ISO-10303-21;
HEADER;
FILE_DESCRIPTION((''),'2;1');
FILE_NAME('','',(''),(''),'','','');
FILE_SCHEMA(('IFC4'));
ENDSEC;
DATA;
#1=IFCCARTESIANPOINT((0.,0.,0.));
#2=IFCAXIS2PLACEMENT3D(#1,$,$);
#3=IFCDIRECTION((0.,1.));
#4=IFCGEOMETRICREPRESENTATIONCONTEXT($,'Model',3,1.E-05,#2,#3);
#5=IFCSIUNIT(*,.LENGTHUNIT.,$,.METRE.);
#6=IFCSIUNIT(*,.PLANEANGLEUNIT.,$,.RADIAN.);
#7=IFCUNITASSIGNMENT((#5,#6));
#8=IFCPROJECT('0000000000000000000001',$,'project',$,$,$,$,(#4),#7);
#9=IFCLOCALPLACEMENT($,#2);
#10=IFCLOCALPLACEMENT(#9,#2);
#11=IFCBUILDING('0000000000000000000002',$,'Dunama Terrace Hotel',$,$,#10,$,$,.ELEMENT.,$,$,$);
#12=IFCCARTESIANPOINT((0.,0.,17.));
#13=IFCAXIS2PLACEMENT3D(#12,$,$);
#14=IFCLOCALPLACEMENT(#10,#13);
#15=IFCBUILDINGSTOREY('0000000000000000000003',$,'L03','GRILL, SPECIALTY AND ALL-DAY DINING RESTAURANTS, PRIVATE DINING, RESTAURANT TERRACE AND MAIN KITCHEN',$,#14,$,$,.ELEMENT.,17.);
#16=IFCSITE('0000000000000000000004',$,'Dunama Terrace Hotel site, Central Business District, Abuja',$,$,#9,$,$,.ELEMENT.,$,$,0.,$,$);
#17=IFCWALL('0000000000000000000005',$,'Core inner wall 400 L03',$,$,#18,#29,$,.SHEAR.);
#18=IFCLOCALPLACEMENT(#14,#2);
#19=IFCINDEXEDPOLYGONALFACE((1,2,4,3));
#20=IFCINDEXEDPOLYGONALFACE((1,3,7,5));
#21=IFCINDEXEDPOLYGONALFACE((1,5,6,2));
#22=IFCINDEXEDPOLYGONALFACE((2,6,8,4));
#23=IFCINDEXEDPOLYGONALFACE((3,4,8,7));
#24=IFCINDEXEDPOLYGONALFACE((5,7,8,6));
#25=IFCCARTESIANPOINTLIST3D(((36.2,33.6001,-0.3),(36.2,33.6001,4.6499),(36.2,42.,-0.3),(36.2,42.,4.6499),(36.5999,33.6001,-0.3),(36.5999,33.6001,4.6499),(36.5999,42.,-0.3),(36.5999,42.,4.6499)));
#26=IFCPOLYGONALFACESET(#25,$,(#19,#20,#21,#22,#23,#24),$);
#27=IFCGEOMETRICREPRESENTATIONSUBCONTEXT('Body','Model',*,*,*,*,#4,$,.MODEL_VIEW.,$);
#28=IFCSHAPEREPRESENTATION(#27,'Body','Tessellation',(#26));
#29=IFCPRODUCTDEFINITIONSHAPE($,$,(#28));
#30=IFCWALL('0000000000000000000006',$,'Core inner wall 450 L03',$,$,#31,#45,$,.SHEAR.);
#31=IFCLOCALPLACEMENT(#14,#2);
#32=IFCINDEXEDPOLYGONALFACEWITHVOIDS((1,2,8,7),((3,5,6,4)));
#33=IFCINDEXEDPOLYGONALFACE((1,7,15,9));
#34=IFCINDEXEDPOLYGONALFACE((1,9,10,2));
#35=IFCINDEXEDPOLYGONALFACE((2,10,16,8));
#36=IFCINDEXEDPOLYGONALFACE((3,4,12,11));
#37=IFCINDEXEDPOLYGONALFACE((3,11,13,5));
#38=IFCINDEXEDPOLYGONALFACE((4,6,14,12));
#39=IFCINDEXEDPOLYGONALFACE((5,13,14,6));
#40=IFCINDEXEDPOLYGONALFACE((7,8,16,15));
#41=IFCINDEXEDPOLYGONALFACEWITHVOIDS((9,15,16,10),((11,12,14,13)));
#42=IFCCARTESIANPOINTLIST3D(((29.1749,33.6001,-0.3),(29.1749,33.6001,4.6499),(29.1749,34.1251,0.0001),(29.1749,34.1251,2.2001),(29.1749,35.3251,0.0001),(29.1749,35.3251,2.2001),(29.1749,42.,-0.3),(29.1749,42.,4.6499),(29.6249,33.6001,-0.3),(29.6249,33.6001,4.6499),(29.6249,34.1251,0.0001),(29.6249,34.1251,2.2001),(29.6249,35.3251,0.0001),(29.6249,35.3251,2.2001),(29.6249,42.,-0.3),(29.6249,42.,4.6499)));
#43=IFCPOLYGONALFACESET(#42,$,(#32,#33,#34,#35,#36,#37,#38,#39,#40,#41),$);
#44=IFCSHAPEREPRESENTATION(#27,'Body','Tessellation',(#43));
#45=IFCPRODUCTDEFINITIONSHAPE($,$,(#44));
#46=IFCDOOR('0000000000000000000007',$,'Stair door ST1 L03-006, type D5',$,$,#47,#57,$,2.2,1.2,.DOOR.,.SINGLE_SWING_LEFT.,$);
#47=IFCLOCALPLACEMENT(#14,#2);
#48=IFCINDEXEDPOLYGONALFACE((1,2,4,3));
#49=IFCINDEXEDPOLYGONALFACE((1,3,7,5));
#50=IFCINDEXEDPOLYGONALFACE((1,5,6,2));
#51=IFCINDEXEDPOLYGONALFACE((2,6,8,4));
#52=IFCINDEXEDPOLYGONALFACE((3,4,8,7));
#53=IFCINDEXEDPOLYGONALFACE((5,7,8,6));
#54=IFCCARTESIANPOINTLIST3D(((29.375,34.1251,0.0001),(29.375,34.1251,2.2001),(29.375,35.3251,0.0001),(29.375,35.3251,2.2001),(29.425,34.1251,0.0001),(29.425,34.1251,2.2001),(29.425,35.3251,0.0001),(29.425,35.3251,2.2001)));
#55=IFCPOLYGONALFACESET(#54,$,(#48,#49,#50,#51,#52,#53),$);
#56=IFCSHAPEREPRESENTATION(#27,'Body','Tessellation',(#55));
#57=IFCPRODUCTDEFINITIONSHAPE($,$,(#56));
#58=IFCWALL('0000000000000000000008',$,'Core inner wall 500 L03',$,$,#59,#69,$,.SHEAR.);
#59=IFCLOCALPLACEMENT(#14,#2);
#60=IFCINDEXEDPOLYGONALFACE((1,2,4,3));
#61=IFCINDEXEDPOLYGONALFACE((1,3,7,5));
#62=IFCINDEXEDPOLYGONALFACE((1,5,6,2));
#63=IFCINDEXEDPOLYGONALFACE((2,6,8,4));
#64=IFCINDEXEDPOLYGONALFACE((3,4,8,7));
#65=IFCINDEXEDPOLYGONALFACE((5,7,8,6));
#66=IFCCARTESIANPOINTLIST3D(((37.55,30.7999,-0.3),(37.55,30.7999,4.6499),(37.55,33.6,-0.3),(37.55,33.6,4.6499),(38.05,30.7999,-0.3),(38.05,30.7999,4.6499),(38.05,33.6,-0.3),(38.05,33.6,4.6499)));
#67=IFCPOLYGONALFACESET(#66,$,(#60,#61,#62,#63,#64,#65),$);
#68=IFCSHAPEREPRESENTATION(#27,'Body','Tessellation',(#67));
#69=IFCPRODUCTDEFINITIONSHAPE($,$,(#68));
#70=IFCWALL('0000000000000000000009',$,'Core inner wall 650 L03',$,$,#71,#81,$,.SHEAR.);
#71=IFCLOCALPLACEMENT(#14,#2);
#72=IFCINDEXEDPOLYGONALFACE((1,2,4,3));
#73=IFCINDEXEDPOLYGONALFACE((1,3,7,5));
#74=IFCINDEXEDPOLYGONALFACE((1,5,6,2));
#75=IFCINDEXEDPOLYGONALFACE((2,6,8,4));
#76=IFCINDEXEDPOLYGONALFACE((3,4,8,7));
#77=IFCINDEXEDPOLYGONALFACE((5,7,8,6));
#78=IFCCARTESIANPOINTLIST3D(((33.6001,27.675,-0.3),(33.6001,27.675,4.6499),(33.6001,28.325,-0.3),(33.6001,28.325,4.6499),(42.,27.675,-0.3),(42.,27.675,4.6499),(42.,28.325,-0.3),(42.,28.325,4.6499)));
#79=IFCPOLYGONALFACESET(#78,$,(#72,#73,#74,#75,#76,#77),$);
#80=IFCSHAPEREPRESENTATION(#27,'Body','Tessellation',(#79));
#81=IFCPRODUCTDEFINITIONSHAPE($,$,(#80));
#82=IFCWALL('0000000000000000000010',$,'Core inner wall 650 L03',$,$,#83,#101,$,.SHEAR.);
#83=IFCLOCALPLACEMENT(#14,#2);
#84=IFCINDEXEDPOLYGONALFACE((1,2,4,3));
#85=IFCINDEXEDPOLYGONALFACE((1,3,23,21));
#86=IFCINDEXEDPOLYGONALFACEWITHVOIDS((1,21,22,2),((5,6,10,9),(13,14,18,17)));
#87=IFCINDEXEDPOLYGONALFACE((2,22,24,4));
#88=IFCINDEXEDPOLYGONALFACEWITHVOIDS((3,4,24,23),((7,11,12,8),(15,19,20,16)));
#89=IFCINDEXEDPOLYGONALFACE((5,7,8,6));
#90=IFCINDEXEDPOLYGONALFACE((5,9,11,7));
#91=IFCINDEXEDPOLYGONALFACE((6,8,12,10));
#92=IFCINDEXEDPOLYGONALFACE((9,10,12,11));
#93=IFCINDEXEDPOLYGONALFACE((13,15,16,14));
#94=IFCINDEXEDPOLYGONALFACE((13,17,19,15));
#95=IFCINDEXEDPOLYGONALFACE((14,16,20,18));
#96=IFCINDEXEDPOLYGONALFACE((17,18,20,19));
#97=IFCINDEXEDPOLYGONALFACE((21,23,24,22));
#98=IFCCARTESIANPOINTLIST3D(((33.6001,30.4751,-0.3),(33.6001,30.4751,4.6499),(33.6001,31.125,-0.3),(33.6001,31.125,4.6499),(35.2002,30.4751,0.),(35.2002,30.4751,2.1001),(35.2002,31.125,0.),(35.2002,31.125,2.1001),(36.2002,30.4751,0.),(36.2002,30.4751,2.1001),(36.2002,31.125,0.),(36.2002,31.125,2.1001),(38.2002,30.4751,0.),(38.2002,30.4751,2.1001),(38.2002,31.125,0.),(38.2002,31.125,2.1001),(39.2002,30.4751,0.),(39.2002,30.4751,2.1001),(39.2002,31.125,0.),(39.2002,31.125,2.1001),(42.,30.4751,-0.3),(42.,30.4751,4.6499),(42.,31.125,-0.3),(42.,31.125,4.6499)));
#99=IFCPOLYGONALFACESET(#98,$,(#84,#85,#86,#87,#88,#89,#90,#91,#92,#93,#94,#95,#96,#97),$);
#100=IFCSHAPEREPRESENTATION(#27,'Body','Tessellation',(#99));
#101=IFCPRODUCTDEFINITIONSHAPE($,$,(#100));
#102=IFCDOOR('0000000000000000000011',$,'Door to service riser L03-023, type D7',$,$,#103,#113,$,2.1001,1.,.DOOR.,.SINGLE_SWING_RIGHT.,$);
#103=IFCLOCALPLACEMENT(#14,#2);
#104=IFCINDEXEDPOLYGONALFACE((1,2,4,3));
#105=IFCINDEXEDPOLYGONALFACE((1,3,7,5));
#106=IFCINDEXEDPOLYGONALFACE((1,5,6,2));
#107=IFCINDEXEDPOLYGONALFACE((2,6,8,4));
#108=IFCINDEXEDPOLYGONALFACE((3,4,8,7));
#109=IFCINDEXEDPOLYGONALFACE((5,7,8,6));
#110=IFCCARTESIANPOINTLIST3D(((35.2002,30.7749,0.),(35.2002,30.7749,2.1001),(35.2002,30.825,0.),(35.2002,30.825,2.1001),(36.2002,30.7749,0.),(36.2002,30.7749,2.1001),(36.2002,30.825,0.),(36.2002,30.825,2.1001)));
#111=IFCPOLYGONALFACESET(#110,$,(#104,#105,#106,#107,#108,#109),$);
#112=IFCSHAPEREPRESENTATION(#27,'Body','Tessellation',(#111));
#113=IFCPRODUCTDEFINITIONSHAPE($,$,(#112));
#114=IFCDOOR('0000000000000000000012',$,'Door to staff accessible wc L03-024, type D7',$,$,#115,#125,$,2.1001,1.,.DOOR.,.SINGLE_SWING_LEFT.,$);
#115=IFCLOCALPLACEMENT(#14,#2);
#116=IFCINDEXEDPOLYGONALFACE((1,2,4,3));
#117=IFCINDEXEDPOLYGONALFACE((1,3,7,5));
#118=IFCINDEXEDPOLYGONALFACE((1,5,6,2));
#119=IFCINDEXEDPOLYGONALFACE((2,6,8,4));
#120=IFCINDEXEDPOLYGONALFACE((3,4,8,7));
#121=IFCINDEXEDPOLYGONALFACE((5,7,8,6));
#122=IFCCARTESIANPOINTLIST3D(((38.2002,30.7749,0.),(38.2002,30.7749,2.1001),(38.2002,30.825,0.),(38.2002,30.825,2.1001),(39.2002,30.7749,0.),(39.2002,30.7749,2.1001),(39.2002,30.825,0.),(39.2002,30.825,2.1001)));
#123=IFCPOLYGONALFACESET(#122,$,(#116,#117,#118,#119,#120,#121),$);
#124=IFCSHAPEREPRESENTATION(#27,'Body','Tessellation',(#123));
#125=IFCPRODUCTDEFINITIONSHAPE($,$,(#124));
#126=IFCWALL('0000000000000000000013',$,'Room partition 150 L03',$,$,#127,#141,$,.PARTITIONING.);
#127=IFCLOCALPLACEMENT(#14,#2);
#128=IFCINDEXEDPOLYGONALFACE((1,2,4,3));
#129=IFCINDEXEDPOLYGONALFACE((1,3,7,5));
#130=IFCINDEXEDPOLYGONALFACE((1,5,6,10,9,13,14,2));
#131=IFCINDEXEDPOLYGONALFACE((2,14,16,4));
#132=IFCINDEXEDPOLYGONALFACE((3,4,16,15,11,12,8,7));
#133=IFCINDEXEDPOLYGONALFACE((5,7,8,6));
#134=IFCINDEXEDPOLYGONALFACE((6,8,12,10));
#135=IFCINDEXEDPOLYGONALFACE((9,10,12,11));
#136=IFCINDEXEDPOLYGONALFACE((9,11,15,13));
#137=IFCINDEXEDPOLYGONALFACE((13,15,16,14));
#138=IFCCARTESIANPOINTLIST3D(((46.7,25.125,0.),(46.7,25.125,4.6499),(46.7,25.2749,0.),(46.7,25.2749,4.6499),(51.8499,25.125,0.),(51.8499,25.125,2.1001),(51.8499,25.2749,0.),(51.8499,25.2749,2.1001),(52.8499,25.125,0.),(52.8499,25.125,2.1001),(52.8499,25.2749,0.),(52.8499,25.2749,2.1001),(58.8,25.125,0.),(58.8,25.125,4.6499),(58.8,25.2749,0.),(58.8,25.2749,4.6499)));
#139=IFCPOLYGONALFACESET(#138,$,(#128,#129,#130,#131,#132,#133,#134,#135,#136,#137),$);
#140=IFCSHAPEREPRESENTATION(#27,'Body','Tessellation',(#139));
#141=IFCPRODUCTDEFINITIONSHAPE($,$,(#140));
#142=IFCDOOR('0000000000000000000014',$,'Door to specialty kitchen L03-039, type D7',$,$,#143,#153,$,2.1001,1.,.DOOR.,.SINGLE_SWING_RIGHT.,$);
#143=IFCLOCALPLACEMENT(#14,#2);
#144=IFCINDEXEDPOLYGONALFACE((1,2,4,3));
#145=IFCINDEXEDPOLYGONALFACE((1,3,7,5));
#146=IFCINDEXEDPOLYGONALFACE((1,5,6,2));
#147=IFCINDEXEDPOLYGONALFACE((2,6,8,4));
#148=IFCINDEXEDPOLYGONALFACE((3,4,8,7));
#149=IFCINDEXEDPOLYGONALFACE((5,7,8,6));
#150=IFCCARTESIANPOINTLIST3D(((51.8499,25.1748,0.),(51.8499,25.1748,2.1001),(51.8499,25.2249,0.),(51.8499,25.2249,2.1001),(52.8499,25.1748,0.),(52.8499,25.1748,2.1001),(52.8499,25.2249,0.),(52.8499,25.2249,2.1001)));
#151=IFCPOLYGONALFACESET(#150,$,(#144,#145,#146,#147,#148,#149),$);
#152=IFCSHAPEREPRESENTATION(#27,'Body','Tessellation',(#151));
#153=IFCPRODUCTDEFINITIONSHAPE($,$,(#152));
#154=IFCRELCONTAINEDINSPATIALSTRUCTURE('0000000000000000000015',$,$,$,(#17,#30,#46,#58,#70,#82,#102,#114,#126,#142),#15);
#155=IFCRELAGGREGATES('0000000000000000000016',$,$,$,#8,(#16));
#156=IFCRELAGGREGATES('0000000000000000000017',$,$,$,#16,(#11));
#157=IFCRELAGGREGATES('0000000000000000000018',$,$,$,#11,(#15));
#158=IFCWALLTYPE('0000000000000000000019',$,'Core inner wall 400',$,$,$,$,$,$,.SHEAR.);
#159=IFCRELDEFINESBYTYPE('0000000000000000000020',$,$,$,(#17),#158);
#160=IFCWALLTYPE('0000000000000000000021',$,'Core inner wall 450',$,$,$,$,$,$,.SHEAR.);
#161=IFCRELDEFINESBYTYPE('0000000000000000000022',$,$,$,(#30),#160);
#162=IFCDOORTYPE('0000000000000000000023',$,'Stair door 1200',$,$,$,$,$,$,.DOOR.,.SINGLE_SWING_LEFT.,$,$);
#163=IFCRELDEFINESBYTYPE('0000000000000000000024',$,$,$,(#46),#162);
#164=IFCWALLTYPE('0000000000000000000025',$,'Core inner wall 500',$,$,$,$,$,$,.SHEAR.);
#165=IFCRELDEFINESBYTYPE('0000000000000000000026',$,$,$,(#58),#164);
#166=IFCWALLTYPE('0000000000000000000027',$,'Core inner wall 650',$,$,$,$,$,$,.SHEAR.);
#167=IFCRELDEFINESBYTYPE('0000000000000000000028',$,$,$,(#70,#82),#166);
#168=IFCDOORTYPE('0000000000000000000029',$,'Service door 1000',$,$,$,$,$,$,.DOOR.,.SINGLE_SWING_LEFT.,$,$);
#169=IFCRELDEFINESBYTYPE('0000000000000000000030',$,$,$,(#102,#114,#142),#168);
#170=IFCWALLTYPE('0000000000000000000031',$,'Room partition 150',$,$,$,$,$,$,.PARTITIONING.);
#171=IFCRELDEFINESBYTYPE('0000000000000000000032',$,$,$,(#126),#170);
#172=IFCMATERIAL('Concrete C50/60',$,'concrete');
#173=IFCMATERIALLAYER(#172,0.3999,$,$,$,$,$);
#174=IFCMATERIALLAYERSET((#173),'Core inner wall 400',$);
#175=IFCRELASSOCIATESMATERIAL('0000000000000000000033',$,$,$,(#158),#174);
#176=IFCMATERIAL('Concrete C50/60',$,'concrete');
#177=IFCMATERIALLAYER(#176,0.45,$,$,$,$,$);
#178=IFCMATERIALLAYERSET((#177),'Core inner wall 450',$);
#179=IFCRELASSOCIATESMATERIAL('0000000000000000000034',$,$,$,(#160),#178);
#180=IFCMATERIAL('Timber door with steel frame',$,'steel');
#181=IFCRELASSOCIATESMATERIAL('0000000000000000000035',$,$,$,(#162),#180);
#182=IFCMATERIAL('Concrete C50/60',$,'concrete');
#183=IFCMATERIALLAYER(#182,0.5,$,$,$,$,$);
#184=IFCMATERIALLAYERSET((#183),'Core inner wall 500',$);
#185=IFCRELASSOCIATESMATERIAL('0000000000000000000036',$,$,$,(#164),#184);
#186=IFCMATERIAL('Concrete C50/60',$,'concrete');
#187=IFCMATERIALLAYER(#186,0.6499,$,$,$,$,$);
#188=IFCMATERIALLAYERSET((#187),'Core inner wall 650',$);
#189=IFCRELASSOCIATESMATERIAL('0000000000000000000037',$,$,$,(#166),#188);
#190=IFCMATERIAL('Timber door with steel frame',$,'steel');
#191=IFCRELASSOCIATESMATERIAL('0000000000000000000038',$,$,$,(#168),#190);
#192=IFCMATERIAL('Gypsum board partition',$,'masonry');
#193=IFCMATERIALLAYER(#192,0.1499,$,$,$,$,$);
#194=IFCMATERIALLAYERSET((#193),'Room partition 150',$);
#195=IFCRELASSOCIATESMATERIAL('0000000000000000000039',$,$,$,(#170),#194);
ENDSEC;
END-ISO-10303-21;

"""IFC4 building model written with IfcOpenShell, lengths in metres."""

from ifc_helpers import new_model, si_unit, direction, frame, frame_2d, origin, place, context, subcontext, project, spatial, rectangle, extrude, material, layer, layer_set, type_object, element, fill, save


model = new_model("IFC4")

# Units and contexts
model_context = context("Model", 3, precision=1e-05, world=origin(), true_north=direction((0.0, 1.0)))
body_context = subcontext(model_context, "Body", "Model", "MODEL_VIEW")
ifc_project = project(units=[si_unit("LENGTHUNIT", "METRE"), si_unit("PLANEANGLEUNIT", "RADIAN")], contexts=[model_context])

# Site, building, storey
site_placement = place(None, origin())
site = spatial("IfcSite", under=ifc_project, at=site_placement, Name="Dunama Terrace Hotel site, Central Business District, Abuja", CompositionType="ELEMENT", RefElevation=0.0)
building_placement = place(site_placement, origin())
building = spatial("IfcBuilding", under=site, at=building_placement, Name="Dunama Terrace Hotel", CompositionType="ELEMENT")
storey_placement = place(building_placement, frame((0.0, 0.0, 17.0)))
storey = spatial("IfcBuildingStorey", under=building, at=storey_placement, Name="L03", Description="GRILL, SPECIALTY AND ALL-DAY DINING RESTAURANTS, PRIVATE DINING, RESTAURANT TERRACE AND MAIN KITCHEN", CompositionType="ELEMENT", Elevation=17.0)

# Wall
ifc_material_1 = material(Name="Concrete C50/60", Category="concrete")
ifc_layer_1 = layer(ifc_material_1, 0.3999)
ifc_layer_set_1 = layer_set([ifc_layer_1], Name="Core inner wall 400")
wall_type_1 = type_object("IfcWallType", Name="Core inner wall 400", PredefinedType="SHEAR", material=ifc_layer_set_1)
wall_1_placement = place(storey_placement, frame((36.3999, 33.6001, -0.3), z_axis=(0.0, 0.0, 1.0), x_axis=(0.0, 1.0, 0.0)))
element("IfcWall", 1, at=wall_1_placement, inside=storey, type_object=wall_type_1, Name="Core inner wall 400 L03", PredefinedType="SHEAR", context=body_context, shape_type="SweptSolid", body=[
    extrude(rectangle(XDim=8.3999, YDim=0.3999, at=frame_2d((4.2, 0.0))), origin(), (0.0, 0.0, 1.0), 4.95),
])

# Wall, opening, door
ifc_material_2 = material(Name="Concrete C50/60", Category="concrete")
ifc_layer_2 = layer(ifc_material_2, 0.45)
ifc_layer_set_2 = layer_set([ifc_layer_2], Name="Core inner wall 450")
wall_type_2 = type_object("IfcWallType", Name="Core inner wall 450", PredefinedType="SHEAR", material=ifc_layer_set_2)
wall_2_placement = place(storey_placement, frame((29.3999, 33.6001, -0.3), z_axis=(0.0, 0.0, 1.0), x_axis=(0.0, 1.0, 0.0)))
wall_2 = element("IfcWall", 2, at=wall_2_placement, inside=storey, type_object=wall_type_2, Name="Core inner wall 450 L03", PredefinedType="SHEAR", context=body_context, shape_type="SweptSolid", body=[
    extrude(rectangle(XDim=8.3999, YDim=0.45, at=frame_2d((4.2, 0.0))), origin(), (0.0, 0.0, 1.0), 4.95),
])
opening_1_placement = place(wall_2_placement, frame((0.5249, 0.0, 0.3)))
opening_1 = element("IfcOpeningElement", 3, at=opening_1_placement, cuts=wall_2, PredefinedType="OPENING", context=body_context, shape_type="SweptSolid", body=[
    extrude(rectangle(XDim=1.2, YDim=2.2, at=frame_2d((0.6001, 1.1001))), frame((0.0, 0.2349, 0.0), z_axis=(0.0, -1.0, 0.0), x_axis=(1.0, 0.0, 0.0)), (0.0, 0.0, 1.0), 0.47),
])
ifc_material_3 = material(Name="Timber door with steel frame", Category="steel")
door_type_1 = type_object("IfcDoorType", Name="Stair door 1200", OperationType="SINGLE_SWING_LEFT", PredefinedType="DOOR", material=ifc_material_3)
door_1_placement = place(opening_1_placement, origin())
door_1 = element("IfcDoor", 4, at=door_1_placement, inside=storey, type_object=door_type_1, Name="Stair door ST1 L03-006, type D5", OperationType="SINGLE_SWING_LEFT", OverallHeight=2.2, OverallWidth=1.2, PredefinedType="DOOR", context=body_context, shape_type="SweptSolid", body=[
    extrude(rectangle(XDim=1.2, YDim=2.2, at=frame_2d((0.6001, 1.1001))), frame((0.0, 0.0249, 0.0), z_axis=(0.0, -1.0, 0.0), x_axis=(1.0, 0.0, 0.0)), (0.0, 0.0, 1.0), 0.05),
])
fill(opening_1, door_1)

# Walls
ifc_material_4 = material(Name="Concrete C50/60", Category="concrete")
ifc_layer_3 = layer(ifc_material_4, 0.5)
ifc_layer_set_3 = layer_set([ifc_layer_3], Name="Core inner wall 500")
wall_type_3 = type_object("IfcWallType", Name="Core inner wall 500", PredefinedType="SHEAR", material=ifc_layer_set_3)
wall_3_placement = place(storey_placement, frame((37.8, 30.8, -0.3), z_axis=(0.0, 0.0, 1.0), x_axis=(0.0, 1.0, 0.0)))
element("IfcWall", 5, at=wall_3_placement, inside=storey, type_object=wall_type_3, Name="Core inner wall 500 L03", PredefinedType="SHEAR", context=body_context, shape_type="SweptSolid", body=[
    extrude(rectangle(XDim=2.8, YDim=0.5, at=frame_2d((1.3999, 0.0))), origin(), (0.0, 0.0, 1.0), 4.95),
])
ifc_material_5 = material(Name="Concrete C50/60", Category="concrete")
ifc_layer_4 = layer(ifc_material_5, 0.6499)
ifc_layer_set_4 = layer_set([ifc_layer_4], Name="Core inner wall 650")
wall_type_4 = type_object("IfcWallType", Name="Core inner wall 650", PredefinedType="SHEAR", material=ifc_layer_set_4)
wall_4_placement = place(storey_placement, frame((33.6001, 28.0, -0.3), z_axis=(0.0, 0.0, 1.0), x_axis=(1.0, 0.0, 0.0)))
element("IfcWall", 6, at=wall_4_placement, inside=storey, type_object=wall_type_4, Name="Core inner wall 650 L03", PredefinedType="SHEAR", context=body_context, shape_type="SweptSolid", body=[
    extrude(rectangle(XDim=8.3999, YDim=0.6499, at=frame_2d((4.2, 0.0))), origin(), (0.0, 0.0, 1.0), 4.95),
])

# Wall, openings, doors
wall_5_placement = place(storey_placement, frame((33.6001, 30.8, -0.3), z_axis=(0.0, 0.0, 1.0), x_axis=(1.0, 0.0, 0.0)))
wall_5 = element("IfcWall", 7, at=wall_5_placement, inside=storey, type_object=wall_type_4, Name="Core inner wall 650 L03", PredefinedType="SHEAR", context=body_context, shape_type="SweptSolid", body=[
    extrude(rectangle(XDim=8.3999, YDim=0.6499, at=frame_2d((4.2, 0.0))), origin(), (0.0, 0.0, 1.0), 4.95),
])
opening_2_placement = place(wall_5_placement, frame((1.6001, 0.0, 0.3)))
opening_2 = element("IfcOpeningElement", 8, at=opening_2_placement, cuts=wall_5, PredefinedType="OPENING", context=body_context, shape_type="SweptSolid", body=[
    extrude(rectangle(XDim=1.0, YDim=2.1001, at=frame_2d((0.5, 1.05))), frame((0.0, 0.335, 0.0), z_axis=(0.0, -1.0, 0.0), x_axis=(1.0, 0.0, 0.0)), (0.0, 0.0, 1.0), 0.6699),
])
opening_3_placement = place(wall_5_placement, frame((4.6001, 0.0, 0.3)))
opening_3 = element("IfcOpeningElement", 9, at=opening_3_placement, cuts=wall_5, PredefinedType="OPENING", context=body_context, shape_type="SweptSolid", body=[
    extrude(rectangle(XDim=1.0, YDim=2.1001, at=frame_2d((0.5, 1.05))), frame((0.0, 0.335, 0.0), z_axis=(0.0, -1.0, 0.0), x_axis=(1.0, 0.0, 0.0)), (0.0, 0.0, 1.0), 0.6699),
])
ifc_material_6 = material(Name="Timber door with steel frame", Category="steel")
door_type_2 = type_object("IfcDoorType", Name="Service door 1000", OperationType="SINGLE_SWING_LEFT", PredefinedType="DOOR", material=ifc_material_6)
door_2_placement = place(opening_2_placement, origin())
door_2 = element("IfcDoor", 10, at=door_2_placement, inside=storey, type_object=door_type_2, Name="Door to service riser L03-023, type D7", OperationType="SINGLE_SWING_RIGHT", OverallHeight=2.1001, OverallWidth=1.0, PredefinedType="DOOR", context=body_context, shape_type="SweptSolid", body=[
    extrude(rectangle(XDim=1.0, YDim=2.1001, at=frame_2d((0.5, 1.05))), frame((0.0, 0.0249, 0.0), z_axis=(0.0, -1.0, 0.0), x_axis=(1.0, 0.0, 0.0)), (0.0, 0.0, 1.0), 0.05),
])
fill(opening_2, door_2)
door_3_placement = place(opening_3_placement, origin())
door_3 = element("IfcDoor", 11, at=door_3_placement, inside=storey, type_object=door_type_2, Name="Door to staff accessible wc L03-024, type D7", OperationType="SINGLE_SWING_LEFT", OverallHeight=2.1001, OverallWidth=1.0, PredefinedType="DOOR", context=body_context, shape_type="SweptSolid", body=[
    extrude(rectangle(XDim=1.0, YDim=2.1001, at=frame_2d((0.5, 1.05))), frame((0.0, 0.0249, 0.0), z_axis=(0.0, -1.0, 0.0), x_axis=(1.0, 0.0, 0.0)), (0.0, 0.0, 1.0), 0.05),
])
fill(opening_3, door_3)

# Wall, opening, door
ifc_material_7 = material(Name="Gypsum board partition", Category="masonry")
ifc_layer_5 = layer(ifc_material_7, 0.1499)
ifc_layer_set_5 = layer_set([ifc_layer_5], Name="Room partition 150")
wall_type_5 = type_object("IfcWallType", Name="Room partition 150", PredefinedType="PARTITIONING", material=ifc_layer_set_5)
wall_6_placement = place(storey_placement, frame((46.7, 25.2, 0.0), z_axis=(0.0, 0.0, 1.0), x_axis=(1.0, 0.0, 0.0)))
wall_6 = element("IfcWall", 12, at=wall_6_placement, inside=storey, type_object=wall_type_5, Name="Room partition 150 L03", PredefinedType="PARTITIONING", context=body_context, shape_type="SweptSolid", body=[
    extrude(rectangle(XDim=12.1001, YDim=0.1499, at=frame_2d((6.05, 0.0))), origin(), (0.0, 0.0, 1.0), 4.6499),
])
opening_4_placement = place(wall_6_placement, frame((5.1499, 0.0, 0.0)))
opening_4 = element("IfcOpeningElement", 13, at=opening_4_placement, cuts=wall_6, PredefinedType="OPENING", context=body_context, shape_type="SweptSolid", body=[
    extrude(rectangle(XDim=1.0, YDim=2.1001, at=frame_2d((0.5, 1.05))), frame((0.0, 0.085, 0.0), z_axis=(0.0, -1.0, 0.0), x_axis=(1.0, 0.0, 0.0)), (0.0, 0.0, 1.0), 0.1699),
])
door_4_placement = place(opening_4_placement, origin())
door_4 = element("IfcDoor", 14, at=door_4_placement, inside=storey, type_object=door_type_2, Name="Door to specialty kitchen L03-039, type D7", OperationType="SINGLE_SWING_RIGHT", OverallHeight=2.1001, OverallWidth=1.0, PredefinedType="DOOR", context=body_context, shape_type="SweptSolid", body=[
    extrude(rectangle(XDim=1.0, YDim=2.1001, at=frame_2d((0.5, 1.05))), frame((0.0, 0.0249, 0.0), z_axis=(0.0, -1.0, 0.0), x_axis=(1.0, 0.0, 0.0)), (0.0, 0.0, 1.0), 0.05),
])
fill(opening_4, door_4)

save(model, "model.ifc")
